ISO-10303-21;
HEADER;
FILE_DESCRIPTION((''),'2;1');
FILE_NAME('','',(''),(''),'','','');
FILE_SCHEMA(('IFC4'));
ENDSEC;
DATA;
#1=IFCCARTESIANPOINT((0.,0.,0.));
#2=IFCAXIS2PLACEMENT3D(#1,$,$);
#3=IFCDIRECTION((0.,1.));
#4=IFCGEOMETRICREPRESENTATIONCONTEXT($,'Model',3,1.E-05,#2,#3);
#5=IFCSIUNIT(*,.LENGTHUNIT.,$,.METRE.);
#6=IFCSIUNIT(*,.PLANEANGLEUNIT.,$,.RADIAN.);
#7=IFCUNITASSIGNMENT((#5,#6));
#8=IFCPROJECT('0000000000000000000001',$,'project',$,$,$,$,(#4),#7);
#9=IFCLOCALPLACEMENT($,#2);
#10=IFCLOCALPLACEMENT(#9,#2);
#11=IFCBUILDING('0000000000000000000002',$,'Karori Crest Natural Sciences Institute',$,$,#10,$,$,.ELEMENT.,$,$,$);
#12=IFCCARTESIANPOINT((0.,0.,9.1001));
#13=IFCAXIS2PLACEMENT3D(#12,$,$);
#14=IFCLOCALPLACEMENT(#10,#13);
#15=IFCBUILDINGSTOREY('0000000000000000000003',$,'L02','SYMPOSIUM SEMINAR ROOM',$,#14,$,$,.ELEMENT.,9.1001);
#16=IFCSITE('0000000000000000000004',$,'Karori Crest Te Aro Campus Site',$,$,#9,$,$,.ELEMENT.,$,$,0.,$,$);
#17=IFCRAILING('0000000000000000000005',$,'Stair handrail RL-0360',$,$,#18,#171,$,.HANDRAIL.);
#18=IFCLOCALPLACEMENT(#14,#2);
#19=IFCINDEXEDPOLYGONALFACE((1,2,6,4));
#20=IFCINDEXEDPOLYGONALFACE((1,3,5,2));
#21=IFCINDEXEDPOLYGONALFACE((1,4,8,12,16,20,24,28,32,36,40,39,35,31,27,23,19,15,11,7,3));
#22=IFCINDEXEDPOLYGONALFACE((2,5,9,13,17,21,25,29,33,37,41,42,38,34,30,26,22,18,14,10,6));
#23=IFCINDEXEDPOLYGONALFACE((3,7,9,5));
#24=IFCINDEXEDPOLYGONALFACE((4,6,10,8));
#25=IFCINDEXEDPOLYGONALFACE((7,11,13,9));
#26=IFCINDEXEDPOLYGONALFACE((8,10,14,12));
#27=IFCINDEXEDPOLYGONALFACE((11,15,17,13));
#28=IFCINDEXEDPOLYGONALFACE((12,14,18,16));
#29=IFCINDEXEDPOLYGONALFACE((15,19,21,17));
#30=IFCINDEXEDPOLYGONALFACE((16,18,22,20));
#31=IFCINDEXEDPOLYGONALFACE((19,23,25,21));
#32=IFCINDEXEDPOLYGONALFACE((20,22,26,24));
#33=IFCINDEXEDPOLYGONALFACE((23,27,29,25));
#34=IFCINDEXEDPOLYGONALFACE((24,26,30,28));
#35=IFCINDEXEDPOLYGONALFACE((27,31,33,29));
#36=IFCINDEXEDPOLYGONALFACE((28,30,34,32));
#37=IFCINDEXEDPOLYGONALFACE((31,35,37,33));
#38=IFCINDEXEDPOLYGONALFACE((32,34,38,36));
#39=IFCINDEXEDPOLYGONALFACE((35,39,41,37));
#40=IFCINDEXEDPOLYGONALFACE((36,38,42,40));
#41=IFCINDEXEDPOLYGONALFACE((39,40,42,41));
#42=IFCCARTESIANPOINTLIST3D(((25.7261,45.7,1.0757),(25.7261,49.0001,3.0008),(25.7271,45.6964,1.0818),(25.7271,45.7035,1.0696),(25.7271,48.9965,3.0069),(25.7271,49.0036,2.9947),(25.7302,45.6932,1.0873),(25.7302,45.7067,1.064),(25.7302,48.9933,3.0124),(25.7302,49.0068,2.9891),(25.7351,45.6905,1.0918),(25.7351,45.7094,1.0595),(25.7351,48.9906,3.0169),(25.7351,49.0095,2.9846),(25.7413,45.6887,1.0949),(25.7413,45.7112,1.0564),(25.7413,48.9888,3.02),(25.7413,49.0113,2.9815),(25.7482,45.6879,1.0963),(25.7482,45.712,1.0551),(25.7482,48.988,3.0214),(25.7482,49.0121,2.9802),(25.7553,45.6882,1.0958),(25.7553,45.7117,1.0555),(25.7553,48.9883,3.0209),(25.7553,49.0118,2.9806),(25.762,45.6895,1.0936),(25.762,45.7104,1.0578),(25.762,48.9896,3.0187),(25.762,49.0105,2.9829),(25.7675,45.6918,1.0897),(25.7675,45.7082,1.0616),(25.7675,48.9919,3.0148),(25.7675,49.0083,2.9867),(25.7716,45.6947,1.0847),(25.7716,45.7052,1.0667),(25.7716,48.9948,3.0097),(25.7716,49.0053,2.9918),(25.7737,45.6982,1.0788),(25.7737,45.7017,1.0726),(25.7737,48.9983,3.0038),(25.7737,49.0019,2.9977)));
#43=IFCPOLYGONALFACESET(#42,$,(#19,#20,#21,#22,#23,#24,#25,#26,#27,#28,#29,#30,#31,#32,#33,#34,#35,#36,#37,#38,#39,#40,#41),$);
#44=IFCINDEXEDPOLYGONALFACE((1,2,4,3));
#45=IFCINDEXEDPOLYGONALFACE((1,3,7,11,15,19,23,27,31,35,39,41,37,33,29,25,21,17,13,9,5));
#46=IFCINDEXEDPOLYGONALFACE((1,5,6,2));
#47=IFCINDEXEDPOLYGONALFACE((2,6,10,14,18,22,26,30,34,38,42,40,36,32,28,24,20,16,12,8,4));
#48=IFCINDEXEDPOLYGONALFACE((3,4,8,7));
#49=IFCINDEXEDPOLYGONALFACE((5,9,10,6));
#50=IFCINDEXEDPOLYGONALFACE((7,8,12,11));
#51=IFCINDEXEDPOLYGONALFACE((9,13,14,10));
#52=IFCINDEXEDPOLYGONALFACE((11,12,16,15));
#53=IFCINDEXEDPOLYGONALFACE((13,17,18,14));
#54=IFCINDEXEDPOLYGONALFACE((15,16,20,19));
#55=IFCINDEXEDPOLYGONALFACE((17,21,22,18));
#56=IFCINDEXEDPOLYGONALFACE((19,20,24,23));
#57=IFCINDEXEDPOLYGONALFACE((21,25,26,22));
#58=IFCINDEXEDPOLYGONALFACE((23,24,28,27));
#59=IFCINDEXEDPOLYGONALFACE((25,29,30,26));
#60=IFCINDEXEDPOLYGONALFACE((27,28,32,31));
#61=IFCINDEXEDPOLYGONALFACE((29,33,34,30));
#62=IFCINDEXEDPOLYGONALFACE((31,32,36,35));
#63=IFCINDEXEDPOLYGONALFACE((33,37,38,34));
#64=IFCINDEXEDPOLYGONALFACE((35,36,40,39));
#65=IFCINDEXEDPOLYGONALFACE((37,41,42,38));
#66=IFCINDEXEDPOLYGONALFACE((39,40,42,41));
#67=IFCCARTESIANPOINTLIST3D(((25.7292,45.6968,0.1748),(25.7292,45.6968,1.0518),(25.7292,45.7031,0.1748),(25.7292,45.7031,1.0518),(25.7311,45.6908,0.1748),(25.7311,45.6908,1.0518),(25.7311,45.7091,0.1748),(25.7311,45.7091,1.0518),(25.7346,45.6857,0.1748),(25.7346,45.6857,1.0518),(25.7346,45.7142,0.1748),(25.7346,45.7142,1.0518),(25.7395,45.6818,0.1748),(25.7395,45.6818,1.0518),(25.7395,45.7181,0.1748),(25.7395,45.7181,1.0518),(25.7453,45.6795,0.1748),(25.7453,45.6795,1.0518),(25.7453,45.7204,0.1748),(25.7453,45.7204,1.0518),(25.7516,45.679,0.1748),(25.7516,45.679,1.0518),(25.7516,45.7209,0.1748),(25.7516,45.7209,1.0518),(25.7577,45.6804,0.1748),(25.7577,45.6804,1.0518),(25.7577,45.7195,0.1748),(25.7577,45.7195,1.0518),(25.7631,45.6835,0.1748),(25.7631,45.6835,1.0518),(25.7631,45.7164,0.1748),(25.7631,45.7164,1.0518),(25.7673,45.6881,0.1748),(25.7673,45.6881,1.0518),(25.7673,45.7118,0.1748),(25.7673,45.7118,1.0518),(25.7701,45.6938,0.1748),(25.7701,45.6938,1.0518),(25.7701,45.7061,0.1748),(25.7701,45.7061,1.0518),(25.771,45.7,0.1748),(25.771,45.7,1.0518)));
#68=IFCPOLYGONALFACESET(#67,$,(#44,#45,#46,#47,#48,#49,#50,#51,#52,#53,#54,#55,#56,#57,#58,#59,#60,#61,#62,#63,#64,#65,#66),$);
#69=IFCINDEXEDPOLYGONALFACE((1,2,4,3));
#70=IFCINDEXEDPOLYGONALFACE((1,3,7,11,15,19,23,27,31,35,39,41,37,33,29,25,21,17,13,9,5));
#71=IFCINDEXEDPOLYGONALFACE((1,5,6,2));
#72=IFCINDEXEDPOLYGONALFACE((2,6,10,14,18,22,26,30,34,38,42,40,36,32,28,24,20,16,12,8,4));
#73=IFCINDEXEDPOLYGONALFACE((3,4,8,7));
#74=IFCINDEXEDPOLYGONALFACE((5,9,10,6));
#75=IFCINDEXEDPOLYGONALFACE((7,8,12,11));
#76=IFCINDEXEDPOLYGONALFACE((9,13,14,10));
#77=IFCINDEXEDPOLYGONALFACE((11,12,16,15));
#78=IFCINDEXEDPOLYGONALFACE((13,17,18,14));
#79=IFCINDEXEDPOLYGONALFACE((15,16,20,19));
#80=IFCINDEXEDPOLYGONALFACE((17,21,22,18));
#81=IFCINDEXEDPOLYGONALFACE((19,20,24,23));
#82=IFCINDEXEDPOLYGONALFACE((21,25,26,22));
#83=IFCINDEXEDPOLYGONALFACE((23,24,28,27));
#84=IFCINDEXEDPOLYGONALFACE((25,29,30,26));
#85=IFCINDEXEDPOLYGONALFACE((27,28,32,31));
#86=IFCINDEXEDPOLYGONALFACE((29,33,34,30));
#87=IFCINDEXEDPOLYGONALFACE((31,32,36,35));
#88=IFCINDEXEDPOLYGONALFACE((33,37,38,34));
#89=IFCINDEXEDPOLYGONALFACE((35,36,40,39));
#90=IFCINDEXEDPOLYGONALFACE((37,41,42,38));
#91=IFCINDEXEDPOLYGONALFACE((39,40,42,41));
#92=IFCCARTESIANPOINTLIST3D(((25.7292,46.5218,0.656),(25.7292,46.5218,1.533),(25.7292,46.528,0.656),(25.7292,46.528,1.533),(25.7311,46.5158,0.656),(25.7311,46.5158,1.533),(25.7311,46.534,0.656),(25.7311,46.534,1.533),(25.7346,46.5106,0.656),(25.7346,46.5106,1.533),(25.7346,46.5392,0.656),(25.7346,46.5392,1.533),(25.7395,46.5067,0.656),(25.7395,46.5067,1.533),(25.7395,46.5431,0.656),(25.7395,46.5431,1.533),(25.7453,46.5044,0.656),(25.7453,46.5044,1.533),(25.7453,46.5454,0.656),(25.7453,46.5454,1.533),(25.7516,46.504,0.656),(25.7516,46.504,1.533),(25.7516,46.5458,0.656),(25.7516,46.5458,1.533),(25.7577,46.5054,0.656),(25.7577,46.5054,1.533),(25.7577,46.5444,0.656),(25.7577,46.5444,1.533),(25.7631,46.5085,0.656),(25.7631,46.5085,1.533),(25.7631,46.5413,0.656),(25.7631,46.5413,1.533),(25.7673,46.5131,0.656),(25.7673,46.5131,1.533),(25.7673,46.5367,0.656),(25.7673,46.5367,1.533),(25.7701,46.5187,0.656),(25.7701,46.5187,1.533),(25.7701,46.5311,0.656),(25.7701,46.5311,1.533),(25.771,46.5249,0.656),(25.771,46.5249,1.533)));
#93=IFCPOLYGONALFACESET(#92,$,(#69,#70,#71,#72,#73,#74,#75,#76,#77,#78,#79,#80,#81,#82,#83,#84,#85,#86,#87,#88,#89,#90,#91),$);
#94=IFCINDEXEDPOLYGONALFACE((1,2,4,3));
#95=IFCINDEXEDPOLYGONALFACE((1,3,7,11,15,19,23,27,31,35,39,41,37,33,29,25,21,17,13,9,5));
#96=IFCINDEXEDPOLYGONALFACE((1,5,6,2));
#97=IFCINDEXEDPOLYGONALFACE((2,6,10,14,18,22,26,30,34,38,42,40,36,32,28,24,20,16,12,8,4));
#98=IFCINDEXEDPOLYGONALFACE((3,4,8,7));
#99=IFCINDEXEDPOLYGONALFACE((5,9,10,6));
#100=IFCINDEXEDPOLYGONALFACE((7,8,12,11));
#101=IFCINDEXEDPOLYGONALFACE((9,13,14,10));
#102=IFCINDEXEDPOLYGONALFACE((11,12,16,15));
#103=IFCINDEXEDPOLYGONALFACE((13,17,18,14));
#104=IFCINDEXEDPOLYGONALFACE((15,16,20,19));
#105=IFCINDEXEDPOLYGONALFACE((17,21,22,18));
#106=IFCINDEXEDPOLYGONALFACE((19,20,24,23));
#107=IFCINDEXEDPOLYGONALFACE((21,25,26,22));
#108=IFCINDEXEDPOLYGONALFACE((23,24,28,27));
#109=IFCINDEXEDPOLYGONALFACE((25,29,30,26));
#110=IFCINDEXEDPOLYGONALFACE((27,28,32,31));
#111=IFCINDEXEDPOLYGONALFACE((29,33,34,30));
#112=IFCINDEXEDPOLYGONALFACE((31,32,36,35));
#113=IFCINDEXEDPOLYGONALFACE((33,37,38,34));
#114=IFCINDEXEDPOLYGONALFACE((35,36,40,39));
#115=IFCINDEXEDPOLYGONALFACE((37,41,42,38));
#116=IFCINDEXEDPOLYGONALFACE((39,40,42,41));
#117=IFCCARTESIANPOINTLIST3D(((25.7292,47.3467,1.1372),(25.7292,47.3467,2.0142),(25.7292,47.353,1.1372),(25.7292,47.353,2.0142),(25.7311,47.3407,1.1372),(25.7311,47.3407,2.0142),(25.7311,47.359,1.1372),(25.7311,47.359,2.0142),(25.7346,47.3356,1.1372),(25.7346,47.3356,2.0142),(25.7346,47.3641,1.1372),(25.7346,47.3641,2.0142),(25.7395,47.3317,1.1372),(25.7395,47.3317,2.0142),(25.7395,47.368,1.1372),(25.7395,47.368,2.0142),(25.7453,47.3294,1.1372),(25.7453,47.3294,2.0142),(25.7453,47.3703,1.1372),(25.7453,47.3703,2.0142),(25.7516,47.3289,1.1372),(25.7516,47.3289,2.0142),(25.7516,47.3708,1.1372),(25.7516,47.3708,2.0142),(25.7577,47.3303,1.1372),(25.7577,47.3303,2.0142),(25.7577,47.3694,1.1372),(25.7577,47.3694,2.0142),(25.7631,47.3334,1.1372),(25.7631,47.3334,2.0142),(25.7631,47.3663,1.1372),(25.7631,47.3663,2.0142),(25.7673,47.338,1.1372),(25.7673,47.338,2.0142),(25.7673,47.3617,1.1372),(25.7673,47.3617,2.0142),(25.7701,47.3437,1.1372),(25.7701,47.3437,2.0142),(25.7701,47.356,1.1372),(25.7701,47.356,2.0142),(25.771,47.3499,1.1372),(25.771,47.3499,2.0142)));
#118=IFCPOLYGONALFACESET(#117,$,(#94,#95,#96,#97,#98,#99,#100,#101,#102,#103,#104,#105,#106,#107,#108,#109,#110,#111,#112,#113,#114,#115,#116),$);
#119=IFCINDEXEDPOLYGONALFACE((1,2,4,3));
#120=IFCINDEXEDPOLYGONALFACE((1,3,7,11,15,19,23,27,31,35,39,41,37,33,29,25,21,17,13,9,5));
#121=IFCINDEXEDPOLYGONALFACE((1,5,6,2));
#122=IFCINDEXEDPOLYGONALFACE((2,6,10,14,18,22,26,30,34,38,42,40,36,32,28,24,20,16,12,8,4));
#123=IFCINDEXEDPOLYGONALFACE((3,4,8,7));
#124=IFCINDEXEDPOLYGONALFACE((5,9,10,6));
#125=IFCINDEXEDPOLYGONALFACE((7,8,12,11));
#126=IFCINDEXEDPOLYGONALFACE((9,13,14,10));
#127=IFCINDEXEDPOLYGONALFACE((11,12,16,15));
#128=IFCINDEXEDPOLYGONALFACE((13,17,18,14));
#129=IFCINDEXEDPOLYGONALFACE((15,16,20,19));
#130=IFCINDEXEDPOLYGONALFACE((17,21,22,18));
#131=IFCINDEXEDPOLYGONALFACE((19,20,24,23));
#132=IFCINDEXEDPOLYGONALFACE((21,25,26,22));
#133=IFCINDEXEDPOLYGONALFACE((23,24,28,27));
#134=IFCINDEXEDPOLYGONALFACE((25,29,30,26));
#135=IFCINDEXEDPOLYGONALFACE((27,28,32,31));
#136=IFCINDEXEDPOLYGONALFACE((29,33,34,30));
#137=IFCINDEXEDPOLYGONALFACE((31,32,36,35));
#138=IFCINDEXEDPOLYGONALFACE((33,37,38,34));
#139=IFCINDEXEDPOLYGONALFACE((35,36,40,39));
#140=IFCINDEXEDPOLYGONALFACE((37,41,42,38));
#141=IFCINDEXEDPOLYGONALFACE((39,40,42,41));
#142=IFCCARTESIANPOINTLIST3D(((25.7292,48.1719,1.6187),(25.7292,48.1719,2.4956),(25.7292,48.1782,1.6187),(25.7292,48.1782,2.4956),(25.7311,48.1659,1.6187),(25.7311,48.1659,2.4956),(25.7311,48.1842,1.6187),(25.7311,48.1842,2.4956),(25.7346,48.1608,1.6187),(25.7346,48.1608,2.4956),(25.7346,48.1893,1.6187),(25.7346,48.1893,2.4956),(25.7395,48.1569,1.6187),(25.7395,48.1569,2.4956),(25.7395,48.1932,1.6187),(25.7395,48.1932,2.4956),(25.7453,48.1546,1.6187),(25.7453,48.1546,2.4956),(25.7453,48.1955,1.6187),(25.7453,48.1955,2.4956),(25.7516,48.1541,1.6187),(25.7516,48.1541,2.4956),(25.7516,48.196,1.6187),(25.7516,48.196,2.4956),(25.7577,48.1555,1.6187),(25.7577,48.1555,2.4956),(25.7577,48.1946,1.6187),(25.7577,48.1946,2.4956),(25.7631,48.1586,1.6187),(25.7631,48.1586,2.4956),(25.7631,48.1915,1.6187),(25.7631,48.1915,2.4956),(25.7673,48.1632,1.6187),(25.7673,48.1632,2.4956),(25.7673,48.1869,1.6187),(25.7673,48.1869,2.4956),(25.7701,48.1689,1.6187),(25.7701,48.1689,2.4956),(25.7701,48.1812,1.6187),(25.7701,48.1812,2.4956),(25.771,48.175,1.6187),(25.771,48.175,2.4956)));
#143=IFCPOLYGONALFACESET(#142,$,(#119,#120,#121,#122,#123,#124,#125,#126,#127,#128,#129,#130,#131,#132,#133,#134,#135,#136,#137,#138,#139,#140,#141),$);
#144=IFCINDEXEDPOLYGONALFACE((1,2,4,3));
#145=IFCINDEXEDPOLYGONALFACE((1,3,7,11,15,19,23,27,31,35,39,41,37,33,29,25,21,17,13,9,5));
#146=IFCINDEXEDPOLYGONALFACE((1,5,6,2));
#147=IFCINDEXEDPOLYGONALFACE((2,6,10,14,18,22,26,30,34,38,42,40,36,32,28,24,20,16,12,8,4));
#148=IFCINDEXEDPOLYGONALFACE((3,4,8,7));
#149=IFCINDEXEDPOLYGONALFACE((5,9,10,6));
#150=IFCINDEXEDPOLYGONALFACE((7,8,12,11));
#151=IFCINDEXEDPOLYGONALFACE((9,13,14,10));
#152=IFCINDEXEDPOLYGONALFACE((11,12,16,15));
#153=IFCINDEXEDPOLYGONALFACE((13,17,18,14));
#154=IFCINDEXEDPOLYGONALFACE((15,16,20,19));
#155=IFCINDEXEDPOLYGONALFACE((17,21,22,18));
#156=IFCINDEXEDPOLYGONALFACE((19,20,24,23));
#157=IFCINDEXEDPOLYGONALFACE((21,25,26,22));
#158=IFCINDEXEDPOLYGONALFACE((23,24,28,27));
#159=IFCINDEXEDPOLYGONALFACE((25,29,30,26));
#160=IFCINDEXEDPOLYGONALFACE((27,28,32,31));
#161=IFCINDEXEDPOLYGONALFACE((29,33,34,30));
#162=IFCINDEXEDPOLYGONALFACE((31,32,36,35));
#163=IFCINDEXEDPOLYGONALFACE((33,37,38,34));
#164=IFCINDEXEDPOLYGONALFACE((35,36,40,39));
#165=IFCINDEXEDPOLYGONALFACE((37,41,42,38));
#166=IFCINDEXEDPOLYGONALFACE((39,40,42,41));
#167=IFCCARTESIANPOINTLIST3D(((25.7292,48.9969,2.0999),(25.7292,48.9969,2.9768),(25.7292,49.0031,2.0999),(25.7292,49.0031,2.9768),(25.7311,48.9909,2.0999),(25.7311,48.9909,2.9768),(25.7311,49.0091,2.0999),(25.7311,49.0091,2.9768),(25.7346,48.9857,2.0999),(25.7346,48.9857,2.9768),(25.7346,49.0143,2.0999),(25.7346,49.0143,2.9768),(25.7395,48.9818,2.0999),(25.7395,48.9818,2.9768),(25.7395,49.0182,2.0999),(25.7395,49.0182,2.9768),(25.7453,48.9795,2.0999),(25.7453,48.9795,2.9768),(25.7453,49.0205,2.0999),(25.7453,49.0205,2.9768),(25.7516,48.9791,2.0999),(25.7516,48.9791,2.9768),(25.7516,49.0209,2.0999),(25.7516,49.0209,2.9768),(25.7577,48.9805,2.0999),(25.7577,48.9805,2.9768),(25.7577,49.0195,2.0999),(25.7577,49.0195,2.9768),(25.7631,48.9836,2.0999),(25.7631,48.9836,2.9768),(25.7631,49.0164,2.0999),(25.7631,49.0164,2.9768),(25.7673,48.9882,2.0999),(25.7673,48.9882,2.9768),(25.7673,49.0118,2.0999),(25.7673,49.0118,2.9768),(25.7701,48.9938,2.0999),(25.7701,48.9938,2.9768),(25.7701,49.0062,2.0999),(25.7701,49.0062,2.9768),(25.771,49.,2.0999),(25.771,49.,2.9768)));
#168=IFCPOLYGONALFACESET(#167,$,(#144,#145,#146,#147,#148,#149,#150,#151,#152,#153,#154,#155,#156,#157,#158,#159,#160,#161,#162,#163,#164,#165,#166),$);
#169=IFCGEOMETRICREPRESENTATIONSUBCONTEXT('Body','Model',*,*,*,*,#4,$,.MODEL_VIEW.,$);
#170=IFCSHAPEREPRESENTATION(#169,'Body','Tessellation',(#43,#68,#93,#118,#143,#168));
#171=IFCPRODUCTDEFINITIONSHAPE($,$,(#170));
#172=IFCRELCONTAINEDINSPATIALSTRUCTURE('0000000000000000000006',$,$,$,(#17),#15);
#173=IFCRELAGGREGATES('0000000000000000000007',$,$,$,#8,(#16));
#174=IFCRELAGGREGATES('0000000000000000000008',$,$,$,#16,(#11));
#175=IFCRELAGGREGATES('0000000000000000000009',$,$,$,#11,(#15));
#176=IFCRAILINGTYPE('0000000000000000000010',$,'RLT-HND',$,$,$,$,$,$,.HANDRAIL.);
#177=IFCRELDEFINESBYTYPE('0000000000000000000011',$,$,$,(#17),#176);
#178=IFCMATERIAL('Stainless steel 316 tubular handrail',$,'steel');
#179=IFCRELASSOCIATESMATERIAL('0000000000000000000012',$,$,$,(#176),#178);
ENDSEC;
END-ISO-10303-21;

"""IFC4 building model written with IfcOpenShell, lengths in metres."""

from ifc_helpers import new_model, si_unit, direction, frame, origin, origin_2d, place, context, subcontext, project, spatial, circle, extrude, material, type_object, element, save


model = new_model("IFC4")

# Units and contexts
model_context = context("Model", 3, precision=1e-05, world=origin(), true_north=direction((0.0, 1.0)))
body_context = subcontext(model_context, "Body", "Model", "MODEL_VIEW")
ifc_project = project(units=[si_unit("LENGTHUNIT", "METRE"), si_unit("PLANEANGLEUNIT", "RADIAN")], contexts=[model_context])

# Site, building, storey
site_placement = place(None, origin())
site = spatial("IfcSite", under=ifc_project, at=site_placement, Name="Karori Crest Te Aro Campus Site", CompositionType="ELEMENT", RefElevation=0.0)
building_placement = place(site_placement, origin())
building = spatial("IfcBuilding", under=site, at=building_placement, Name="Karori Crest Natural Sciences Institute", CompositionType="ELEMENT")
storey_placement = place(building_placement, frame((0.0, 0.0, 9.1001)))
storey = spatial("IfcBuildingStorey", under=building, at=storey_placement, Name="L02", Description="SYMPOSIUM SEMINAR ROOM", CompositionType="ELEMENT", Elevation=9.1001)

# Railing
ifc_material_1 = material(Name="Stainless steel 316 tubular handrail", Category="steel")
railing_type_1 = type_object("IfcRailingType", Name="RLT-HND", PredefinedType="HANDRAIL", material=ifc_material_1)
railing_1_placement = place(storey_placement, frame((25.75, 45.7, 0.1748)))
element("IfcRailing", 1, at=railing_1_placement, inside=storey, type_object=railing_type_1, Name="Stair handrail RL-0360", PredefinedType="HANDRAIL", context=body_context, shape_type="SweptSolid", body=[
    extrude(circle(Radius=0.0239, at=origin_2d()), frame((0.0, 0.0, 0.9009), z_axis=(0.0, 0.863777, 0.503875), x_axis=(-1.0, 0.0, 0.0)), (0.0, 0.0, 1.0), 3.8206),
    extrude(circle(Radius=0.021, at=origin_2d()), origin(), (0.0, 0.0, 1.0), 0.877),
    extrude(circle(Radius=0.021, at=origin_2d()), frame((0.0, 0.825, 0.4812)), (0.0, 0.0, 1.0), 0.877),
    extrude(circle(Radius=0.021, at=origin_2d()), frame((0.0, 1.6499, 0.9624)), (0.0, 0.0, 1.0), 0.877),
    extrude(circle(Radius=0.021, at=origin_2d()), frame((0.0, 2.4751, 1.4438)), (0.0, 0.0, 1.0), 0.877),
    extrude(circle(Radius=0.021, at=origin_2d()), frame((0.0, 3.3, 1.925)), (0.0, 0.0, 1.0), 0.877),
])

save(model, "model.ifc")
